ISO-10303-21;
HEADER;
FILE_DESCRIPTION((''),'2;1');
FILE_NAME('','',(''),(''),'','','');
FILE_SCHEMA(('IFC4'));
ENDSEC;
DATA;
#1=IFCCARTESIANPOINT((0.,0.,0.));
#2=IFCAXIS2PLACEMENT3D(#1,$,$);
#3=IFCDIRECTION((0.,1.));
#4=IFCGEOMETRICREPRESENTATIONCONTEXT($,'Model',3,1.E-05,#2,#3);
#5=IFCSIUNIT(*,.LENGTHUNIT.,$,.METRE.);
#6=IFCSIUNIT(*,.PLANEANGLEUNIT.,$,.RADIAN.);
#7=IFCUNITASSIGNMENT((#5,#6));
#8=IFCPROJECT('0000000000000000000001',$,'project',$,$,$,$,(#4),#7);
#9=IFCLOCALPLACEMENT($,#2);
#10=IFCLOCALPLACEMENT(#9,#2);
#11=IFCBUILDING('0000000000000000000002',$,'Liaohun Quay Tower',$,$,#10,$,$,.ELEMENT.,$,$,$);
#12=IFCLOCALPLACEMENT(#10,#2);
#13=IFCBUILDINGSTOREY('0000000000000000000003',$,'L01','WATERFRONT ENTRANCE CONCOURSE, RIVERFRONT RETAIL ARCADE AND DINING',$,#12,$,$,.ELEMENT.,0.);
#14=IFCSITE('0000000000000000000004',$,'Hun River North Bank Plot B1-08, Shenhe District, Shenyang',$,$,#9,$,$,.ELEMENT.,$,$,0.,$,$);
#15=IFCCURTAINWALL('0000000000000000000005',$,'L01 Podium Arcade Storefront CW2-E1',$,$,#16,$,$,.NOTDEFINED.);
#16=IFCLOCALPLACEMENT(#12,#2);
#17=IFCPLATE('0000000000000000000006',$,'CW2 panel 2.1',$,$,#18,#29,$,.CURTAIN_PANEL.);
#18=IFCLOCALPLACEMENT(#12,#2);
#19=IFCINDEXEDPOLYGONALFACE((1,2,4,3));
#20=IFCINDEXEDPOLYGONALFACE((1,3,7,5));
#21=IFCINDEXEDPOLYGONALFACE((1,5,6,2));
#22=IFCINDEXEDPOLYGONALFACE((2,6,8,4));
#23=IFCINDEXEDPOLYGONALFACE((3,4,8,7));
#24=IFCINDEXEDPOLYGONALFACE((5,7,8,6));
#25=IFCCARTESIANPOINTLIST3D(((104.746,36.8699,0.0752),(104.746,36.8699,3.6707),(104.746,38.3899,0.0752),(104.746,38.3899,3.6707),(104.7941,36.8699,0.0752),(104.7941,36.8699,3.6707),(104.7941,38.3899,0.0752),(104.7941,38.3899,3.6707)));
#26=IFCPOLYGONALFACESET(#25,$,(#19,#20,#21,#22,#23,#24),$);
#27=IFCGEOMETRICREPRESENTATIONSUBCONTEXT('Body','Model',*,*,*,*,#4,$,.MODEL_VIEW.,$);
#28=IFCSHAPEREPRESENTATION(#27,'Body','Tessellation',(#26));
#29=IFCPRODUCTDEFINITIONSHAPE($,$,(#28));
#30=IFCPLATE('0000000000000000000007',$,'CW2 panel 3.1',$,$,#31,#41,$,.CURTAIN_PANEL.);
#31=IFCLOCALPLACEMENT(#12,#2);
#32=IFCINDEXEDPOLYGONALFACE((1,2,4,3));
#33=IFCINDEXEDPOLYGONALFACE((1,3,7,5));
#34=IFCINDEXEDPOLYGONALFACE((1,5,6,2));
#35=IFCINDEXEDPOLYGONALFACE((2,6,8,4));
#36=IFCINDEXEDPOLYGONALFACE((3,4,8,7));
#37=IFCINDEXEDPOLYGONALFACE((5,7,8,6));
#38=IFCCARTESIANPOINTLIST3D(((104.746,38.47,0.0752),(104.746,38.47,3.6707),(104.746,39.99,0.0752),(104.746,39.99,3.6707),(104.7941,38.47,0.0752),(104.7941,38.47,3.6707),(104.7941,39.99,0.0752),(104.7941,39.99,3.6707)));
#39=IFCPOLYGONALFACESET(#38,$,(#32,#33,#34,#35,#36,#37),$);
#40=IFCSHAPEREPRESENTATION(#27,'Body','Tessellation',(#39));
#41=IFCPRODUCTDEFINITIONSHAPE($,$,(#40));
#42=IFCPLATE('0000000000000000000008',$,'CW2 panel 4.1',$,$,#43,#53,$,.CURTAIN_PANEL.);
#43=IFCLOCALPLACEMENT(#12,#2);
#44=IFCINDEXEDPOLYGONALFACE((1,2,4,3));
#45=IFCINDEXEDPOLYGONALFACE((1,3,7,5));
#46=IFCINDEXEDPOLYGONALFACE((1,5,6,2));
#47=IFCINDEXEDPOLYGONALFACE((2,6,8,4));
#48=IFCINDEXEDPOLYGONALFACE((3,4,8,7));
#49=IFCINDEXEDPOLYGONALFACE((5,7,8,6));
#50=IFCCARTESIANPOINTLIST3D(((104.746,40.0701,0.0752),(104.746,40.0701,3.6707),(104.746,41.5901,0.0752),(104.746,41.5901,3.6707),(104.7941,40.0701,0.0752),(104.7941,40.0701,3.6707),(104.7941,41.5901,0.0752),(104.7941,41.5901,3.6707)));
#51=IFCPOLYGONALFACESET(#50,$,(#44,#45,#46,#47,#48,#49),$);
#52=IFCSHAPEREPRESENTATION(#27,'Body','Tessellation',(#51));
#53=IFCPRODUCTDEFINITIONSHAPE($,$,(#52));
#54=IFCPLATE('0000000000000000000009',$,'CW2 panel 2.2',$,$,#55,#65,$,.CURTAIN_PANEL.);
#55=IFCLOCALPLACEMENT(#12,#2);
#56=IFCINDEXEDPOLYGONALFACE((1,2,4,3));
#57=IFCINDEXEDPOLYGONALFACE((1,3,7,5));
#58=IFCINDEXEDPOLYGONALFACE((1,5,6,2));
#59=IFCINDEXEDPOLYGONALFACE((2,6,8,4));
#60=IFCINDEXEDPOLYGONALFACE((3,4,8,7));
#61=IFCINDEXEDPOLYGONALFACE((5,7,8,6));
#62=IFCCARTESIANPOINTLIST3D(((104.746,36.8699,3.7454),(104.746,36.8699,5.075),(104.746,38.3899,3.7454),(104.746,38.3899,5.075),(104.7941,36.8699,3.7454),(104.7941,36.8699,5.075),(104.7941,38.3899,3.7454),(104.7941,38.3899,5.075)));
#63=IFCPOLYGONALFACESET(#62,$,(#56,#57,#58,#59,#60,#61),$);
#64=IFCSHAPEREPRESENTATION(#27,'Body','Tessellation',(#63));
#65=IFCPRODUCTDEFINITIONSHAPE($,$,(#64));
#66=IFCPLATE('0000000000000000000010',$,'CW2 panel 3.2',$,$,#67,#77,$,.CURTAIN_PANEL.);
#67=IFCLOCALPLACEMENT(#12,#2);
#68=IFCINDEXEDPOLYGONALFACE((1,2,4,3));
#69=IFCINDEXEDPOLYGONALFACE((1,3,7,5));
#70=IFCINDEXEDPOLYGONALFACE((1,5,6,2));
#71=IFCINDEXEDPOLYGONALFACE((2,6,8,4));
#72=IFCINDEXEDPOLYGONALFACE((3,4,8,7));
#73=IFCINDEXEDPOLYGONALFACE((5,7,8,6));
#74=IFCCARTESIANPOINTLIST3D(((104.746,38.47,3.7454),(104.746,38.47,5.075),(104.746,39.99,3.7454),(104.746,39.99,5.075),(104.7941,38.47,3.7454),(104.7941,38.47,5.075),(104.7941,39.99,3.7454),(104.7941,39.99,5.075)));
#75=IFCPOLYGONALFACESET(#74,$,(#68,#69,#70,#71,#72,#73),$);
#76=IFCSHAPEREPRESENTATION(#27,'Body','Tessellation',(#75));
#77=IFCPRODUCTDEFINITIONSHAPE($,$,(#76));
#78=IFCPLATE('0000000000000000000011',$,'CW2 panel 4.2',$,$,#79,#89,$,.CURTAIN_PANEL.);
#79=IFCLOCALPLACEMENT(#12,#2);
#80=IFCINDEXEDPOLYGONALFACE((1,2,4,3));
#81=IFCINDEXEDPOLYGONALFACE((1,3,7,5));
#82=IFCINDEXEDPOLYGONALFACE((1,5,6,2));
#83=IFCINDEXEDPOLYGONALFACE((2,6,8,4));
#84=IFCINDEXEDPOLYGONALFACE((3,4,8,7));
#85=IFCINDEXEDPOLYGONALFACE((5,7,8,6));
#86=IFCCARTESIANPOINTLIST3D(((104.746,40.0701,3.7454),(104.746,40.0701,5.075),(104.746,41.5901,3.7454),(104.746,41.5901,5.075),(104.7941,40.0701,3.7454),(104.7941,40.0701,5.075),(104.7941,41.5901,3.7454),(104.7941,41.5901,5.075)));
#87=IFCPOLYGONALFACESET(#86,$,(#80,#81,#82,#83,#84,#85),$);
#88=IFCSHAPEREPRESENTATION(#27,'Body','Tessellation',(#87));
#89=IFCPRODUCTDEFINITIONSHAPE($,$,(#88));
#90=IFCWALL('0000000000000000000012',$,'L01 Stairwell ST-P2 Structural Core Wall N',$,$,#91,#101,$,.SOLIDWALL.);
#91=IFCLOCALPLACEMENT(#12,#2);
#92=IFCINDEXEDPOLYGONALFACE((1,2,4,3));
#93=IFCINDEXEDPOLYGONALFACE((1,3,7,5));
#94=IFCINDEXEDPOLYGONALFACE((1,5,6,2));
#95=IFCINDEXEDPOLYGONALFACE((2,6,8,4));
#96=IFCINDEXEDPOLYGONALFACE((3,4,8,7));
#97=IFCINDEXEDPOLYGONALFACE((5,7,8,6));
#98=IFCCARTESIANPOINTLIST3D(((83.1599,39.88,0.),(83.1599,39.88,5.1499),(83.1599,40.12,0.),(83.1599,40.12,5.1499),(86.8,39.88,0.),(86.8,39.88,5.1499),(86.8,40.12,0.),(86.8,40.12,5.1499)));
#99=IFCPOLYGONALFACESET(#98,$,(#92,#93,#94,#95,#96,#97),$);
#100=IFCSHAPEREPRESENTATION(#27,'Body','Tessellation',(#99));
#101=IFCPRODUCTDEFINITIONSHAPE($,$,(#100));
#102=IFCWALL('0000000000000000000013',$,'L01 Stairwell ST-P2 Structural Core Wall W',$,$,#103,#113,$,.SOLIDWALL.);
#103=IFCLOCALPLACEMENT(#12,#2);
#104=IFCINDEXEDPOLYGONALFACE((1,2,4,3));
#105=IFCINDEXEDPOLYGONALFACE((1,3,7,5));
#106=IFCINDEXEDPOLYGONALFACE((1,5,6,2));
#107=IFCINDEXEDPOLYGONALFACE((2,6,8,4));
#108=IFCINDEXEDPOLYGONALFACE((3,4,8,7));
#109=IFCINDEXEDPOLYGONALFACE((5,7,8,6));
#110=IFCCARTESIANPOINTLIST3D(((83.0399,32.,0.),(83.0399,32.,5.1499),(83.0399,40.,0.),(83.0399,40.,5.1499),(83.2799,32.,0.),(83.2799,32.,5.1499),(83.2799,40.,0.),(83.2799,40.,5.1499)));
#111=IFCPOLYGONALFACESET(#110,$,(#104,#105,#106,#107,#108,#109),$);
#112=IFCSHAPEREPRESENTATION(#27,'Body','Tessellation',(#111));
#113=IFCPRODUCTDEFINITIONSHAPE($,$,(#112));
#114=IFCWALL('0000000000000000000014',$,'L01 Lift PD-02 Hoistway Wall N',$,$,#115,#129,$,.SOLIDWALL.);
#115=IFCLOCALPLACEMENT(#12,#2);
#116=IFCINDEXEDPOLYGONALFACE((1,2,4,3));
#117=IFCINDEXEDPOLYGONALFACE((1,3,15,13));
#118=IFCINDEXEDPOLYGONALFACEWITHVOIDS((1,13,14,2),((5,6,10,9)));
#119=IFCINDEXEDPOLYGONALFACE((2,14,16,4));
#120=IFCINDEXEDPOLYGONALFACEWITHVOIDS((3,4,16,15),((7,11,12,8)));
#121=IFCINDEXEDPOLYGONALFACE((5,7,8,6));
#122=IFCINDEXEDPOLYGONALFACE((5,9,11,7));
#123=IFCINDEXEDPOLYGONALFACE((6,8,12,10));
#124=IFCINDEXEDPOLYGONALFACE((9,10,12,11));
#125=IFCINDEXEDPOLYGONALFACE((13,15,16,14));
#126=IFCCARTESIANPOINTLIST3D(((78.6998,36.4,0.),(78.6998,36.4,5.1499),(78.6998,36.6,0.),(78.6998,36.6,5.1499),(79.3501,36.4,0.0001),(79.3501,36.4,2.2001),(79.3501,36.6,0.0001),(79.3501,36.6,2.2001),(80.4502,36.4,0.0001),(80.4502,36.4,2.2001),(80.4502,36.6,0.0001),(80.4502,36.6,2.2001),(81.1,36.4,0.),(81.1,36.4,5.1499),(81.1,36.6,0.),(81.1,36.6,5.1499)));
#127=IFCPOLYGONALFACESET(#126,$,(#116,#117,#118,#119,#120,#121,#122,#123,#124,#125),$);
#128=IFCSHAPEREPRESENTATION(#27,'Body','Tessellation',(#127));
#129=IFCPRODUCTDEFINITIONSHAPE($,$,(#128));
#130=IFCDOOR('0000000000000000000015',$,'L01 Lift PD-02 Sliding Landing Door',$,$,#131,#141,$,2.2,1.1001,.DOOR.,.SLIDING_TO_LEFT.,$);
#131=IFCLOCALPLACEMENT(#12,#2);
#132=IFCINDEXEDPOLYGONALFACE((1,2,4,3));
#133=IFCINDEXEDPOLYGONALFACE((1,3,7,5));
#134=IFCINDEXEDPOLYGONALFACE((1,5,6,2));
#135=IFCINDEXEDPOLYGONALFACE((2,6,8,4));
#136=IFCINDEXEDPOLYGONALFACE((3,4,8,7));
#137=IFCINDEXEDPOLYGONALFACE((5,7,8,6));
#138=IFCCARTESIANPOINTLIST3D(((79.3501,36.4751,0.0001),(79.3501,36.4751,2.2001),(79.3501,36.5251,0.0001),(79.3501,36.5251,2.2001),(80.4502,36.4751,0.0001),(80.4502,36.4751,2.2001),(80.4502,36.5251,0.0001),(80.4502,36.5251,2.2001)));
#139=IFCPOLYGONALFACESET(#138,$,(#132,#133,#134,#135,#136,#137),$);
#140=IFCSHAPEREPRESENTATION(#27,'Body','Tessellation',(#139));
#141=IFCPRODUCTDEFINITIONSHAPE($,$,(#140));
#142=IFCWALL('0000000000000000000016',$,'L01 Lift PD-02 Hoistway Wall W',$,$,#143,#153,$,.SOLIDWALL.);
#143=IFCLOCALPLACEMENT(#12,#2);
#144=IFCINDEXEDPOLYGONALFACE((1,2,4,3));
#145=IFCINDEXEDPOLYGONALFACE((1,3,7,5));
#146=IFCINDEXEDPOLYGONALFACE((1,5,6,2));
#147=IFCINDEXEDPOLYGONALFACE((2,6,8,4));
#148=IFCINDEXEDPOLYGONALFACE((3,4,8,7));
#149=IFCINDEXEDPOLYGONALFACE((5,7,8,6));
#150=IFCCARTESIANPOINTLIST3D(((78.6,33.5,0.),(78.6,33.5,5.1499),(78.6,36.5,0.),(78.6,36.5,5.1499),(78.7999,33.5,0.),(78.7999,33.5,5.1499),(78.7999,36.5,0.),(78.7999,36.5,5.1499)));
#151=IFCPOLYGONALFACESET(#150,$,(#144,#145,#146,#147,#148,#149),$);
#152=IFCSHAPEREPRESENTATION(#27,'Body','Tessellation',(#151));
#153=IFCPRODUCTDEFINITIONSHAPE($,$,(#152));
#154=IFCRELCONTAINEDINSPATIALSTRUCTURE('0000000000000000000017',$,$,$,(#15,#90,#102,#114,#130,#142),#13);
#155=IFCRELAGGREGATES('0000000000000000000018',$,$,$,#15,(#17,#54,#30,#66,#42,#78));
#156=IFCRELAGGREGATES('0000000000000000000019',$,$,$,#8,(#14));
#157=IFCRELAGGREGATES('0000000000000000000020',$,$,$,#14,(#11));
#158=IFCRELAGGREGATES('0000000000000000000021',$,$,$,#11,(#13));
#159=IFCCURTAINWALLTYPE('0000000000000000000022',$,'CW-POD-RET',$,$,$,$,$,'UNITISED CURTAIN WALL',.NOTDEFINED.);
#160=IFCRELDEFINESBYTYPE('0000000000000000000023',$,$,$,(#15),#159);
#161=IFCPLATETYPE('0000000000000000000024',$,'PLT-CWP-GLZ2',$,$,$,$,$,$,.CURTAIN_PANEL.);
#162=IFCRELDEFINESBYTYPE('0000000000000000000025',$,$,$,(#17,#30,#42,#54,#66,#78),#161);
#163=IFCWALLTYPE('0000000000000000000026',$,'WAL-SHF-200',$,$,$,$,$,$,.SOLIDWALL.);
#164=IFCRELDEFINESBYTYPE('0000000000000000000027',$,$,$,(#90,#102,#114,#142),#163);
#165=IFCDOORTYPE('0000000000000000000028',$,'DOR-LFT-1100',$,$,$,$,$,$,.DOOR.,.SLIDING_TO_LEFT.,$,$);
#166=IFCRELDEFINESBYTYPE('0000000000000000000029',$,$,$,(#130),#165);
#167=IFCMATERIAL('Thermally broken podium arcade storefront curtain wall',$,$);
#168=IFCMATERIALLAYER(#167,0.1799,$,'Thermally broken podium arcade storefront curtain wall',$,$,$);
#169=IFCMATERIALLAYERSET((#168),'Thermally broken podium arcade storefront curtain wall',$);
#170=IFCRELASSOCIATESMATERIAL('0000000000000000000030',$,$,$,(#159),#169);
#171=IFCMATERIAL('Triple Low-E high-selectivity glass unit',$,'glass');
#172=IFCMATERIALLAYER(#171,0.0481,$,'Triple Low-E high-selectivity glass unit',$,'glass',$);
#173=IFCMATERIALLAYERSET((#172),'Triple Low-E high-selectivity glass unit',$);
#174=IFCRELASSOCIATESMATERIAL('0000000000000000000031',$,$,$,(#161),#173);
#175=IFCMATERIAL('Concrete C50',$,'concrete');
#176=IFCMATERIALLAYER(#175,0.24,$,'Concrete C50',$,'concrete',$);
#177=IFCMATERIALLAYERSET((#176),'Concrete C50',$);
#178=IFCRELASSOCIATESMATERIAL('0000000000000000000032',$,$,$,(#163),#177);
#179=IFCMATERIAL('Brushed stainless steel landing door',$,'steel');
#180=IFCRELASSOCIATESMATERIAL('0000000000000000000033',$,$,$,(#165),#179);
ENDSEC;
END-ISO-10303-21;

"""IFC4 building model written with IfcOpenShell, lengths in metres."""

from ifc_helpers import new_model, si_unit, direction, frame, frame_2d, origin, origin_2d, place, context, subcontext, project, spatial, rectangle, extrude, source, transform, mapped, material, layer, layer_set, type_object, element, fill, aggregate, save


model = new_model("IFC4")

# Units and contexts
model_context = context("Model", 3, precision=1e-05, world=origin(), true_north=direction((0.0, 1.0)))
body_context = subcontext(model_context, "Body", "Model", "MODEL_VIEW")
ifc_project = project(units=[si_unit("LENGTHUNIT", "METRE"), si_unit("PLANEANGLEUNIT", "RADIAN")], contexts=[model_context])

# Site, building, storey
site_placement = place(None, origin())
site = spatial("IfcSite", under=ifc_project, at=site_placement, Name="Hun River North Bank Plot B1-08, Shenhe District, Shenyang", CompositionType="ELEMENT", RefElevation=0.0)
building_placement = place(site_placement, origin())
building = spatial("IfcBuilding", under=site, at=building_placement, Name="Liaohun Quay Tower", CompositionType="ELEMENT")
storey_placement = place(building_placement, origin())
storey = spatial("IfcBuildingStorey", under=building, at=storey_placement, Name="L01", Description="WATERFRONT ENTRANCE CONCOURSE, RIVERFRONT RETAIL ARCADE AND DINING", CompositionType="ELEMENT", Elevation=0.0)

# Curtain wall, plates
ifc_material_1 = material(Name="Thermally broken podium arcade storefront curtain wall")
ifc_layer_1 = layer(ifc_material_1, 0.1799, Name="Thermally broken podium arcade storefront curtain wall")
ifc_layer_set_1 = layer_set([ifc_layer_1], Name="Thermally broken podium arcade storefront curtain wall")
curtain_wall_type = type_object("IfcCurtainWallType", Name="CW-POD-RET", ElementType="UNITISED CURTAIN WALL", PredefinedType="NOTDEFINED", material=ifc_layer_set_1)
curtain_wall_placement = place(storey_placement, origin())
curtain_wall = element("IfcCurtainWall", 1, at=curtain_wall_placement, inside=storey, type_object=curtain_wall_type, Name="L01 Podium Arcade Storefront CW2-E1", PredefinedType="NOTDEFINED")
ifc_material_2 = material(Name="Triple Low-E high-selectivity glass unit", Category="glass")
ifc_layer_2 = layer(ifc_material_2, 0.0481, Name="Triple Low-E high-selectivity glass unit", Category="glass")
ifc_layer_set_2 = layer_set([ifc_layer_2], Name="Triple Low-E high-selectivity glass unit")
plate_type = type_object("IfcPlateType", Name="PLT-CWP-GLZ2", PredefinedType="CURTAIN_PANEL", material=ifc_layer_set_2)
shared_shape_1 = source(origin(), body_context, "Body", "SweptSolid", [
    extrude(rectangle(XDim=1.52, YDim=0.0481, at=origin_2d()), origin(), (0.0, 0.0, 1.0), 3.5955),
])
plate_1_placement = place(storey_placement, frame((104.77, 37.6299, 0.0752), z_axis=(0.0, 0.0, 1.0), x_axis=(0.0, 1.0, 0.0)))
plate_1 = element("IfcPlate", 2, at=plate_1_placement, type_object=plate_type, Name="CW2 panel 2.1", PredefinedType="CURTAIN_PANEL", context=body_context, shape_type="MappedRepresentation", body=[
    mapped(shared_shape_1, transform((0.0, 0.0, 0.0), x_axis=(1.0, 0.0, 0.0), y_axis=(0.0, 1.0, 0.0), z_axis=(0.0, 0.0, 1.0), scale=1.0)),
])
plate_2_placement = place(storey_placement, frame((104.77, 39.23, 0.0752), z_axis=(0.0, 0.0, 1.0), x_axis=(0.0, 1.0, 0.0)))
plate_2 = element("IfcPlate", 3, at=plate_2_placement, type_object=plate_type, Name="CW2 panel 3.1", PredefinedType="CURTAIN_PANEL", context=body_context, shape_type="MappedRepresentation", body=[
    mapped(shared_shape_1, transform((0.0, 0.0, 0.0), x_axis=(1.0, 0.0, 0.0), y_axis=(0.0, 1.0, 0.0), z_axis=(0.0, 0.0, 1.0), scale=1.0)),
])
plate_3_placement = place(storey_placement, frame((104.77, 40.8301, 0.0752), z_axis=(0.0, 0.0, 1.0), x_axis=(0.0, 1.0, 0.0)))
plate_3 = element("IfcPlate", 4, at=plate_3_placement, type_object=plate_type, Name="CW2 panel 4.1", PredefinedType="CURTAIN_PANEL", context=body_context, shape_type="MappedRepresentation", body=[
    mapped(shared_shape_1, transform((0.0, 0.0, 0.0), x_axis=(1.0, 0.0, 0.0), y_axis=(0.0, 1.0, 0.0), z_axis=(0.0, 0.0, 1.0), scale=1.0)),
])
shared_shape_2 = source(origin(), body_context, "Body", "SweptSolid", [
    extrude(rectangle(XDim=1.52, YDim=0.0481, at=origin_2d()), origin(), (0.0, 0.0, 1.0), 1.3296),
])
plate_4_placement = place(storey_placement, frame((104.77, 37.6299, 3.7454), z_axis=(0.0, 0.0, 1.0), x_axis=(0.0, 1.0, 0.0)))
plate_4 = element("IfcPlate", 5, at=plate_4_placement, type_object=plate_type, Name="CW2 panel 2.2", PredefinedType="CURTAIN_PANEL", context=body_context, shape_type="MappedRepresentation", body=[
    mapped(shared_shape_2, transform((0.0, 0.0, 0.0), x_axis=(1.0, 0.0, 0.0), y_axis=(0.0, 1.0, 0.0), z_axis=(0.0, 0.0, 1.0), scale=1.0)),
])
plate_5_placement = place(storey_placement, frame((104.77, 39.23, 3.7454), z_axis=(0.0, 0.0, 1.0), x_axis=(0.0, 1.0, 0.0)))
plate_5 = element("IfcPlate", 6, at=plate_5_placement, type_object=plate_type, Name="CW2 panel 3.2", PredefinedType="CURTAIN_PANEL", context=body_context, shape_type="MappedRepresentation", body=[
    mapped(shared_shape_2, transform((0.0, 0.0, 0.0), x_axis=(1.0, 0.0, 0.0), y_axis=(0.0, 1.0, 0.0), z_axis=(0.0, 0.0, 1.0), scale=1.0)),
])
plate_6_placement = place(storey_placement, frame((104.77, 40.8301, 3.7454), z_axis=(0.0, 0.0, 1.0), x_axis=(0.0, 1.0, 0.0)))
plate_6 = element("IfcPlate", 7, at=plate_6_placement, type_object=plate_type, Name="CW2 panel 4.2", PredefinedType="CURTAIN_PANEL", context=body_context, shape_type="MappedRepresentation", body=[
    mapped(shared_shape_2, transform((0.0, 0.0, 0.0), x_axis=(1.0, 0.0, 0.0), y_axis=(0.0, 1.0, 0.0), z_axis=(0.0, 0.0, 1.0), scale=1.0)),
])
aggregate(curtain_wall, [plate_1, plate_4, plate_2, plate_5, plate_3, plate_6])

# Walls
ifc_material_3 = material(Name="Concrete C50", Category="concrete")
ifc_layer_3 = layer(ifc_material_3, 0.24, Name="Concrete C50", Category="concrete")
ifc_layer_set_3 = layer_set([ifc_layer_3], Name="Concrete C50")
wall_type = type_object("IfcWallType", Name="WAL-SHF-200", PredefinedType="SOLIDWALL", material=ifc_layer_set_3)
wall_1_placement = place(storey_placement, frame((86.8, 40.0, 0.0), z_axis=(0.0, 0.0, 1.0), x_axis=(-1.0, 0.0, 0.0)))
element("IfcWall", 8, at=wall_1_placement, inside=storey, type_object=wall_type, Name="L01 Stairwell ST-P2 Structural Core Wall N", PredefinedType="SOLIDWALL", context=body_context, shape_type="SweptSolid", body=[
    extrude(rectangle(XDim=3.6401, YDim=0.24, at=frame_2d((1.8201, 0.0))), origin(), (0.0, 0.0, 1.0), 5.1499),
])
wall_2_placement = place(storey_placement, frame((83.1599, 40.0, 0.0), z_axis=(0.0, 0.0, 1.0), x_axis=(0.0, -1.0, 0.0)))
element("IfcWall", 9, at=wall_2_placement, inside=storey, type_object=wall_type, Name="L01 Stairwell ST-P2 Structural Core Wall W", PredefinedType="SOLIDWALL", context=body_context, shape_type="SweptSolid", body=[
    extrude(rectangle(XDim=8.0, YDim=0.24, at=frame_2d((4.0, 0.0))), origin(), (0.0, 0.0, 1.0), 5.1499),
])

# Wall, opening, door
wall_3_placement = place(storey_placement, frame((81.1001, 36.5, 0.0), z_axis=(0.0, 0.0, 1.0), x_axis=(-1.0, 0.0, 0.0)))
wall_3 = element("IfcWall", 10, at=wall_3_placement, inside=storey, type_object=wall_type, Name="L01 Lift PD-02 Hoistway Wall N", PredefinedType="SOLIDWALL", context=body_context, shape_type="SweptSolid", body=[
    extrude(rectangle(XDim=2.4001, YDim=0.2, at=frame_2d((1.2002, 0.0))), origin(), (0.0, 0.0, 1.0), 5.1499),
])
shared_shape_3 = source(origin(), body_context, "Body", "SweptSolid", [
    extrude(rectangle(XDim=1.1001, YDim=2.2, at=frame_2d((0.55, 1.1001))), frame((0.0, 0.1099, 0.0), z_axis=(0.0, -1.0, 0.0), x_axis=(1.0, 0.0, 0.0)), (0.0, 0.0, 1.0), 0.22),
])
opening_placement = place(wall_3_placement, frame((0.6499, 0.0, 0.0)))
opening = element("IfcOpeningElement", 11, at=opening_placement, cuts=wall_3, PredefinedType="OPENING", context=body_context, shape_type="MappedRepresentation", body=[
    mapped(shared_shape_3, transform((0.0, 0.0, 0.0), x_axis=(1.0, 0.0, 0.0), y_axis=(0.0, 1.0, 0.0), z_axis=(0.0, 0.0, 1.0), scale=1.0)),
])
ifc_material_4 = material(Name="Brushed stainless steel landing door", Category="steel")
door_type = type_object("IfcDoorType", Name="DOR-LFT-1100", OperationType="SLIDING_TO_LEFT", PredefinedType="DOOR", material=ifc_material_4)
shared_shape_4 = source(origin(), body_context, "Body", "SweptSolid", [
    extrude(rectangle(XDim=1.1001, YDim=2.2, at=frame_2d((0.55, 1.1001))), frame((0.0, 0.0249, 0.0), z_axis=(0.0, -1.0, 0.0), x_axis=(1.0, 0.0, 0.0)), (0.0, 0.0, 1.0), 0.05),
])
door_placement = place(opening_placement, origin())
door = element("IfcDoor", 12, at=door_placement, inside=storey, type_object=door_type, Name="L01 Lift PD-02 Sliding Landing Door", OperationType="SLIDING_TO_LEFT", OverallHeight=2.2, OverallWidth=1.1001, PredefinedType="DOOR", context=body_context, shape_type="MappedRepresentation", body=[
    mapped(shared_shape_4, transform((0.0, 0.0, 0.0), x_axis=(1.0, 0.0, 0.0), y_axis=(0.0, 1.0, 0.0), z_axis=(0.0, 0.0, 1.0), scale=1.0)),
])
fill(opening, door)

# Wall
wall_4_placement = place(storey_placement, frame((78.7, 36.5, 0.0), z_axis=(0.0, 0.0, 1.0), x_axis=(0.0, -1.0, 0.0)))
element("IfcWall", 13, at=wall_4_placement, inside=storey, type_object=wall_type, Name="L01 Lift PD-02 Hoistway Wall W", PredefinedType="SOLIDWALL", context=body_context, shape_type="SweptSolid", body=[
    extrude(rectangle(XDim=3.0, YDim=0.2, at=frame_2d((1.5, 0.0))), origin(), (0.0, 0.0, 1.0), 5.1499),
])

save(model, "model.ifc")
